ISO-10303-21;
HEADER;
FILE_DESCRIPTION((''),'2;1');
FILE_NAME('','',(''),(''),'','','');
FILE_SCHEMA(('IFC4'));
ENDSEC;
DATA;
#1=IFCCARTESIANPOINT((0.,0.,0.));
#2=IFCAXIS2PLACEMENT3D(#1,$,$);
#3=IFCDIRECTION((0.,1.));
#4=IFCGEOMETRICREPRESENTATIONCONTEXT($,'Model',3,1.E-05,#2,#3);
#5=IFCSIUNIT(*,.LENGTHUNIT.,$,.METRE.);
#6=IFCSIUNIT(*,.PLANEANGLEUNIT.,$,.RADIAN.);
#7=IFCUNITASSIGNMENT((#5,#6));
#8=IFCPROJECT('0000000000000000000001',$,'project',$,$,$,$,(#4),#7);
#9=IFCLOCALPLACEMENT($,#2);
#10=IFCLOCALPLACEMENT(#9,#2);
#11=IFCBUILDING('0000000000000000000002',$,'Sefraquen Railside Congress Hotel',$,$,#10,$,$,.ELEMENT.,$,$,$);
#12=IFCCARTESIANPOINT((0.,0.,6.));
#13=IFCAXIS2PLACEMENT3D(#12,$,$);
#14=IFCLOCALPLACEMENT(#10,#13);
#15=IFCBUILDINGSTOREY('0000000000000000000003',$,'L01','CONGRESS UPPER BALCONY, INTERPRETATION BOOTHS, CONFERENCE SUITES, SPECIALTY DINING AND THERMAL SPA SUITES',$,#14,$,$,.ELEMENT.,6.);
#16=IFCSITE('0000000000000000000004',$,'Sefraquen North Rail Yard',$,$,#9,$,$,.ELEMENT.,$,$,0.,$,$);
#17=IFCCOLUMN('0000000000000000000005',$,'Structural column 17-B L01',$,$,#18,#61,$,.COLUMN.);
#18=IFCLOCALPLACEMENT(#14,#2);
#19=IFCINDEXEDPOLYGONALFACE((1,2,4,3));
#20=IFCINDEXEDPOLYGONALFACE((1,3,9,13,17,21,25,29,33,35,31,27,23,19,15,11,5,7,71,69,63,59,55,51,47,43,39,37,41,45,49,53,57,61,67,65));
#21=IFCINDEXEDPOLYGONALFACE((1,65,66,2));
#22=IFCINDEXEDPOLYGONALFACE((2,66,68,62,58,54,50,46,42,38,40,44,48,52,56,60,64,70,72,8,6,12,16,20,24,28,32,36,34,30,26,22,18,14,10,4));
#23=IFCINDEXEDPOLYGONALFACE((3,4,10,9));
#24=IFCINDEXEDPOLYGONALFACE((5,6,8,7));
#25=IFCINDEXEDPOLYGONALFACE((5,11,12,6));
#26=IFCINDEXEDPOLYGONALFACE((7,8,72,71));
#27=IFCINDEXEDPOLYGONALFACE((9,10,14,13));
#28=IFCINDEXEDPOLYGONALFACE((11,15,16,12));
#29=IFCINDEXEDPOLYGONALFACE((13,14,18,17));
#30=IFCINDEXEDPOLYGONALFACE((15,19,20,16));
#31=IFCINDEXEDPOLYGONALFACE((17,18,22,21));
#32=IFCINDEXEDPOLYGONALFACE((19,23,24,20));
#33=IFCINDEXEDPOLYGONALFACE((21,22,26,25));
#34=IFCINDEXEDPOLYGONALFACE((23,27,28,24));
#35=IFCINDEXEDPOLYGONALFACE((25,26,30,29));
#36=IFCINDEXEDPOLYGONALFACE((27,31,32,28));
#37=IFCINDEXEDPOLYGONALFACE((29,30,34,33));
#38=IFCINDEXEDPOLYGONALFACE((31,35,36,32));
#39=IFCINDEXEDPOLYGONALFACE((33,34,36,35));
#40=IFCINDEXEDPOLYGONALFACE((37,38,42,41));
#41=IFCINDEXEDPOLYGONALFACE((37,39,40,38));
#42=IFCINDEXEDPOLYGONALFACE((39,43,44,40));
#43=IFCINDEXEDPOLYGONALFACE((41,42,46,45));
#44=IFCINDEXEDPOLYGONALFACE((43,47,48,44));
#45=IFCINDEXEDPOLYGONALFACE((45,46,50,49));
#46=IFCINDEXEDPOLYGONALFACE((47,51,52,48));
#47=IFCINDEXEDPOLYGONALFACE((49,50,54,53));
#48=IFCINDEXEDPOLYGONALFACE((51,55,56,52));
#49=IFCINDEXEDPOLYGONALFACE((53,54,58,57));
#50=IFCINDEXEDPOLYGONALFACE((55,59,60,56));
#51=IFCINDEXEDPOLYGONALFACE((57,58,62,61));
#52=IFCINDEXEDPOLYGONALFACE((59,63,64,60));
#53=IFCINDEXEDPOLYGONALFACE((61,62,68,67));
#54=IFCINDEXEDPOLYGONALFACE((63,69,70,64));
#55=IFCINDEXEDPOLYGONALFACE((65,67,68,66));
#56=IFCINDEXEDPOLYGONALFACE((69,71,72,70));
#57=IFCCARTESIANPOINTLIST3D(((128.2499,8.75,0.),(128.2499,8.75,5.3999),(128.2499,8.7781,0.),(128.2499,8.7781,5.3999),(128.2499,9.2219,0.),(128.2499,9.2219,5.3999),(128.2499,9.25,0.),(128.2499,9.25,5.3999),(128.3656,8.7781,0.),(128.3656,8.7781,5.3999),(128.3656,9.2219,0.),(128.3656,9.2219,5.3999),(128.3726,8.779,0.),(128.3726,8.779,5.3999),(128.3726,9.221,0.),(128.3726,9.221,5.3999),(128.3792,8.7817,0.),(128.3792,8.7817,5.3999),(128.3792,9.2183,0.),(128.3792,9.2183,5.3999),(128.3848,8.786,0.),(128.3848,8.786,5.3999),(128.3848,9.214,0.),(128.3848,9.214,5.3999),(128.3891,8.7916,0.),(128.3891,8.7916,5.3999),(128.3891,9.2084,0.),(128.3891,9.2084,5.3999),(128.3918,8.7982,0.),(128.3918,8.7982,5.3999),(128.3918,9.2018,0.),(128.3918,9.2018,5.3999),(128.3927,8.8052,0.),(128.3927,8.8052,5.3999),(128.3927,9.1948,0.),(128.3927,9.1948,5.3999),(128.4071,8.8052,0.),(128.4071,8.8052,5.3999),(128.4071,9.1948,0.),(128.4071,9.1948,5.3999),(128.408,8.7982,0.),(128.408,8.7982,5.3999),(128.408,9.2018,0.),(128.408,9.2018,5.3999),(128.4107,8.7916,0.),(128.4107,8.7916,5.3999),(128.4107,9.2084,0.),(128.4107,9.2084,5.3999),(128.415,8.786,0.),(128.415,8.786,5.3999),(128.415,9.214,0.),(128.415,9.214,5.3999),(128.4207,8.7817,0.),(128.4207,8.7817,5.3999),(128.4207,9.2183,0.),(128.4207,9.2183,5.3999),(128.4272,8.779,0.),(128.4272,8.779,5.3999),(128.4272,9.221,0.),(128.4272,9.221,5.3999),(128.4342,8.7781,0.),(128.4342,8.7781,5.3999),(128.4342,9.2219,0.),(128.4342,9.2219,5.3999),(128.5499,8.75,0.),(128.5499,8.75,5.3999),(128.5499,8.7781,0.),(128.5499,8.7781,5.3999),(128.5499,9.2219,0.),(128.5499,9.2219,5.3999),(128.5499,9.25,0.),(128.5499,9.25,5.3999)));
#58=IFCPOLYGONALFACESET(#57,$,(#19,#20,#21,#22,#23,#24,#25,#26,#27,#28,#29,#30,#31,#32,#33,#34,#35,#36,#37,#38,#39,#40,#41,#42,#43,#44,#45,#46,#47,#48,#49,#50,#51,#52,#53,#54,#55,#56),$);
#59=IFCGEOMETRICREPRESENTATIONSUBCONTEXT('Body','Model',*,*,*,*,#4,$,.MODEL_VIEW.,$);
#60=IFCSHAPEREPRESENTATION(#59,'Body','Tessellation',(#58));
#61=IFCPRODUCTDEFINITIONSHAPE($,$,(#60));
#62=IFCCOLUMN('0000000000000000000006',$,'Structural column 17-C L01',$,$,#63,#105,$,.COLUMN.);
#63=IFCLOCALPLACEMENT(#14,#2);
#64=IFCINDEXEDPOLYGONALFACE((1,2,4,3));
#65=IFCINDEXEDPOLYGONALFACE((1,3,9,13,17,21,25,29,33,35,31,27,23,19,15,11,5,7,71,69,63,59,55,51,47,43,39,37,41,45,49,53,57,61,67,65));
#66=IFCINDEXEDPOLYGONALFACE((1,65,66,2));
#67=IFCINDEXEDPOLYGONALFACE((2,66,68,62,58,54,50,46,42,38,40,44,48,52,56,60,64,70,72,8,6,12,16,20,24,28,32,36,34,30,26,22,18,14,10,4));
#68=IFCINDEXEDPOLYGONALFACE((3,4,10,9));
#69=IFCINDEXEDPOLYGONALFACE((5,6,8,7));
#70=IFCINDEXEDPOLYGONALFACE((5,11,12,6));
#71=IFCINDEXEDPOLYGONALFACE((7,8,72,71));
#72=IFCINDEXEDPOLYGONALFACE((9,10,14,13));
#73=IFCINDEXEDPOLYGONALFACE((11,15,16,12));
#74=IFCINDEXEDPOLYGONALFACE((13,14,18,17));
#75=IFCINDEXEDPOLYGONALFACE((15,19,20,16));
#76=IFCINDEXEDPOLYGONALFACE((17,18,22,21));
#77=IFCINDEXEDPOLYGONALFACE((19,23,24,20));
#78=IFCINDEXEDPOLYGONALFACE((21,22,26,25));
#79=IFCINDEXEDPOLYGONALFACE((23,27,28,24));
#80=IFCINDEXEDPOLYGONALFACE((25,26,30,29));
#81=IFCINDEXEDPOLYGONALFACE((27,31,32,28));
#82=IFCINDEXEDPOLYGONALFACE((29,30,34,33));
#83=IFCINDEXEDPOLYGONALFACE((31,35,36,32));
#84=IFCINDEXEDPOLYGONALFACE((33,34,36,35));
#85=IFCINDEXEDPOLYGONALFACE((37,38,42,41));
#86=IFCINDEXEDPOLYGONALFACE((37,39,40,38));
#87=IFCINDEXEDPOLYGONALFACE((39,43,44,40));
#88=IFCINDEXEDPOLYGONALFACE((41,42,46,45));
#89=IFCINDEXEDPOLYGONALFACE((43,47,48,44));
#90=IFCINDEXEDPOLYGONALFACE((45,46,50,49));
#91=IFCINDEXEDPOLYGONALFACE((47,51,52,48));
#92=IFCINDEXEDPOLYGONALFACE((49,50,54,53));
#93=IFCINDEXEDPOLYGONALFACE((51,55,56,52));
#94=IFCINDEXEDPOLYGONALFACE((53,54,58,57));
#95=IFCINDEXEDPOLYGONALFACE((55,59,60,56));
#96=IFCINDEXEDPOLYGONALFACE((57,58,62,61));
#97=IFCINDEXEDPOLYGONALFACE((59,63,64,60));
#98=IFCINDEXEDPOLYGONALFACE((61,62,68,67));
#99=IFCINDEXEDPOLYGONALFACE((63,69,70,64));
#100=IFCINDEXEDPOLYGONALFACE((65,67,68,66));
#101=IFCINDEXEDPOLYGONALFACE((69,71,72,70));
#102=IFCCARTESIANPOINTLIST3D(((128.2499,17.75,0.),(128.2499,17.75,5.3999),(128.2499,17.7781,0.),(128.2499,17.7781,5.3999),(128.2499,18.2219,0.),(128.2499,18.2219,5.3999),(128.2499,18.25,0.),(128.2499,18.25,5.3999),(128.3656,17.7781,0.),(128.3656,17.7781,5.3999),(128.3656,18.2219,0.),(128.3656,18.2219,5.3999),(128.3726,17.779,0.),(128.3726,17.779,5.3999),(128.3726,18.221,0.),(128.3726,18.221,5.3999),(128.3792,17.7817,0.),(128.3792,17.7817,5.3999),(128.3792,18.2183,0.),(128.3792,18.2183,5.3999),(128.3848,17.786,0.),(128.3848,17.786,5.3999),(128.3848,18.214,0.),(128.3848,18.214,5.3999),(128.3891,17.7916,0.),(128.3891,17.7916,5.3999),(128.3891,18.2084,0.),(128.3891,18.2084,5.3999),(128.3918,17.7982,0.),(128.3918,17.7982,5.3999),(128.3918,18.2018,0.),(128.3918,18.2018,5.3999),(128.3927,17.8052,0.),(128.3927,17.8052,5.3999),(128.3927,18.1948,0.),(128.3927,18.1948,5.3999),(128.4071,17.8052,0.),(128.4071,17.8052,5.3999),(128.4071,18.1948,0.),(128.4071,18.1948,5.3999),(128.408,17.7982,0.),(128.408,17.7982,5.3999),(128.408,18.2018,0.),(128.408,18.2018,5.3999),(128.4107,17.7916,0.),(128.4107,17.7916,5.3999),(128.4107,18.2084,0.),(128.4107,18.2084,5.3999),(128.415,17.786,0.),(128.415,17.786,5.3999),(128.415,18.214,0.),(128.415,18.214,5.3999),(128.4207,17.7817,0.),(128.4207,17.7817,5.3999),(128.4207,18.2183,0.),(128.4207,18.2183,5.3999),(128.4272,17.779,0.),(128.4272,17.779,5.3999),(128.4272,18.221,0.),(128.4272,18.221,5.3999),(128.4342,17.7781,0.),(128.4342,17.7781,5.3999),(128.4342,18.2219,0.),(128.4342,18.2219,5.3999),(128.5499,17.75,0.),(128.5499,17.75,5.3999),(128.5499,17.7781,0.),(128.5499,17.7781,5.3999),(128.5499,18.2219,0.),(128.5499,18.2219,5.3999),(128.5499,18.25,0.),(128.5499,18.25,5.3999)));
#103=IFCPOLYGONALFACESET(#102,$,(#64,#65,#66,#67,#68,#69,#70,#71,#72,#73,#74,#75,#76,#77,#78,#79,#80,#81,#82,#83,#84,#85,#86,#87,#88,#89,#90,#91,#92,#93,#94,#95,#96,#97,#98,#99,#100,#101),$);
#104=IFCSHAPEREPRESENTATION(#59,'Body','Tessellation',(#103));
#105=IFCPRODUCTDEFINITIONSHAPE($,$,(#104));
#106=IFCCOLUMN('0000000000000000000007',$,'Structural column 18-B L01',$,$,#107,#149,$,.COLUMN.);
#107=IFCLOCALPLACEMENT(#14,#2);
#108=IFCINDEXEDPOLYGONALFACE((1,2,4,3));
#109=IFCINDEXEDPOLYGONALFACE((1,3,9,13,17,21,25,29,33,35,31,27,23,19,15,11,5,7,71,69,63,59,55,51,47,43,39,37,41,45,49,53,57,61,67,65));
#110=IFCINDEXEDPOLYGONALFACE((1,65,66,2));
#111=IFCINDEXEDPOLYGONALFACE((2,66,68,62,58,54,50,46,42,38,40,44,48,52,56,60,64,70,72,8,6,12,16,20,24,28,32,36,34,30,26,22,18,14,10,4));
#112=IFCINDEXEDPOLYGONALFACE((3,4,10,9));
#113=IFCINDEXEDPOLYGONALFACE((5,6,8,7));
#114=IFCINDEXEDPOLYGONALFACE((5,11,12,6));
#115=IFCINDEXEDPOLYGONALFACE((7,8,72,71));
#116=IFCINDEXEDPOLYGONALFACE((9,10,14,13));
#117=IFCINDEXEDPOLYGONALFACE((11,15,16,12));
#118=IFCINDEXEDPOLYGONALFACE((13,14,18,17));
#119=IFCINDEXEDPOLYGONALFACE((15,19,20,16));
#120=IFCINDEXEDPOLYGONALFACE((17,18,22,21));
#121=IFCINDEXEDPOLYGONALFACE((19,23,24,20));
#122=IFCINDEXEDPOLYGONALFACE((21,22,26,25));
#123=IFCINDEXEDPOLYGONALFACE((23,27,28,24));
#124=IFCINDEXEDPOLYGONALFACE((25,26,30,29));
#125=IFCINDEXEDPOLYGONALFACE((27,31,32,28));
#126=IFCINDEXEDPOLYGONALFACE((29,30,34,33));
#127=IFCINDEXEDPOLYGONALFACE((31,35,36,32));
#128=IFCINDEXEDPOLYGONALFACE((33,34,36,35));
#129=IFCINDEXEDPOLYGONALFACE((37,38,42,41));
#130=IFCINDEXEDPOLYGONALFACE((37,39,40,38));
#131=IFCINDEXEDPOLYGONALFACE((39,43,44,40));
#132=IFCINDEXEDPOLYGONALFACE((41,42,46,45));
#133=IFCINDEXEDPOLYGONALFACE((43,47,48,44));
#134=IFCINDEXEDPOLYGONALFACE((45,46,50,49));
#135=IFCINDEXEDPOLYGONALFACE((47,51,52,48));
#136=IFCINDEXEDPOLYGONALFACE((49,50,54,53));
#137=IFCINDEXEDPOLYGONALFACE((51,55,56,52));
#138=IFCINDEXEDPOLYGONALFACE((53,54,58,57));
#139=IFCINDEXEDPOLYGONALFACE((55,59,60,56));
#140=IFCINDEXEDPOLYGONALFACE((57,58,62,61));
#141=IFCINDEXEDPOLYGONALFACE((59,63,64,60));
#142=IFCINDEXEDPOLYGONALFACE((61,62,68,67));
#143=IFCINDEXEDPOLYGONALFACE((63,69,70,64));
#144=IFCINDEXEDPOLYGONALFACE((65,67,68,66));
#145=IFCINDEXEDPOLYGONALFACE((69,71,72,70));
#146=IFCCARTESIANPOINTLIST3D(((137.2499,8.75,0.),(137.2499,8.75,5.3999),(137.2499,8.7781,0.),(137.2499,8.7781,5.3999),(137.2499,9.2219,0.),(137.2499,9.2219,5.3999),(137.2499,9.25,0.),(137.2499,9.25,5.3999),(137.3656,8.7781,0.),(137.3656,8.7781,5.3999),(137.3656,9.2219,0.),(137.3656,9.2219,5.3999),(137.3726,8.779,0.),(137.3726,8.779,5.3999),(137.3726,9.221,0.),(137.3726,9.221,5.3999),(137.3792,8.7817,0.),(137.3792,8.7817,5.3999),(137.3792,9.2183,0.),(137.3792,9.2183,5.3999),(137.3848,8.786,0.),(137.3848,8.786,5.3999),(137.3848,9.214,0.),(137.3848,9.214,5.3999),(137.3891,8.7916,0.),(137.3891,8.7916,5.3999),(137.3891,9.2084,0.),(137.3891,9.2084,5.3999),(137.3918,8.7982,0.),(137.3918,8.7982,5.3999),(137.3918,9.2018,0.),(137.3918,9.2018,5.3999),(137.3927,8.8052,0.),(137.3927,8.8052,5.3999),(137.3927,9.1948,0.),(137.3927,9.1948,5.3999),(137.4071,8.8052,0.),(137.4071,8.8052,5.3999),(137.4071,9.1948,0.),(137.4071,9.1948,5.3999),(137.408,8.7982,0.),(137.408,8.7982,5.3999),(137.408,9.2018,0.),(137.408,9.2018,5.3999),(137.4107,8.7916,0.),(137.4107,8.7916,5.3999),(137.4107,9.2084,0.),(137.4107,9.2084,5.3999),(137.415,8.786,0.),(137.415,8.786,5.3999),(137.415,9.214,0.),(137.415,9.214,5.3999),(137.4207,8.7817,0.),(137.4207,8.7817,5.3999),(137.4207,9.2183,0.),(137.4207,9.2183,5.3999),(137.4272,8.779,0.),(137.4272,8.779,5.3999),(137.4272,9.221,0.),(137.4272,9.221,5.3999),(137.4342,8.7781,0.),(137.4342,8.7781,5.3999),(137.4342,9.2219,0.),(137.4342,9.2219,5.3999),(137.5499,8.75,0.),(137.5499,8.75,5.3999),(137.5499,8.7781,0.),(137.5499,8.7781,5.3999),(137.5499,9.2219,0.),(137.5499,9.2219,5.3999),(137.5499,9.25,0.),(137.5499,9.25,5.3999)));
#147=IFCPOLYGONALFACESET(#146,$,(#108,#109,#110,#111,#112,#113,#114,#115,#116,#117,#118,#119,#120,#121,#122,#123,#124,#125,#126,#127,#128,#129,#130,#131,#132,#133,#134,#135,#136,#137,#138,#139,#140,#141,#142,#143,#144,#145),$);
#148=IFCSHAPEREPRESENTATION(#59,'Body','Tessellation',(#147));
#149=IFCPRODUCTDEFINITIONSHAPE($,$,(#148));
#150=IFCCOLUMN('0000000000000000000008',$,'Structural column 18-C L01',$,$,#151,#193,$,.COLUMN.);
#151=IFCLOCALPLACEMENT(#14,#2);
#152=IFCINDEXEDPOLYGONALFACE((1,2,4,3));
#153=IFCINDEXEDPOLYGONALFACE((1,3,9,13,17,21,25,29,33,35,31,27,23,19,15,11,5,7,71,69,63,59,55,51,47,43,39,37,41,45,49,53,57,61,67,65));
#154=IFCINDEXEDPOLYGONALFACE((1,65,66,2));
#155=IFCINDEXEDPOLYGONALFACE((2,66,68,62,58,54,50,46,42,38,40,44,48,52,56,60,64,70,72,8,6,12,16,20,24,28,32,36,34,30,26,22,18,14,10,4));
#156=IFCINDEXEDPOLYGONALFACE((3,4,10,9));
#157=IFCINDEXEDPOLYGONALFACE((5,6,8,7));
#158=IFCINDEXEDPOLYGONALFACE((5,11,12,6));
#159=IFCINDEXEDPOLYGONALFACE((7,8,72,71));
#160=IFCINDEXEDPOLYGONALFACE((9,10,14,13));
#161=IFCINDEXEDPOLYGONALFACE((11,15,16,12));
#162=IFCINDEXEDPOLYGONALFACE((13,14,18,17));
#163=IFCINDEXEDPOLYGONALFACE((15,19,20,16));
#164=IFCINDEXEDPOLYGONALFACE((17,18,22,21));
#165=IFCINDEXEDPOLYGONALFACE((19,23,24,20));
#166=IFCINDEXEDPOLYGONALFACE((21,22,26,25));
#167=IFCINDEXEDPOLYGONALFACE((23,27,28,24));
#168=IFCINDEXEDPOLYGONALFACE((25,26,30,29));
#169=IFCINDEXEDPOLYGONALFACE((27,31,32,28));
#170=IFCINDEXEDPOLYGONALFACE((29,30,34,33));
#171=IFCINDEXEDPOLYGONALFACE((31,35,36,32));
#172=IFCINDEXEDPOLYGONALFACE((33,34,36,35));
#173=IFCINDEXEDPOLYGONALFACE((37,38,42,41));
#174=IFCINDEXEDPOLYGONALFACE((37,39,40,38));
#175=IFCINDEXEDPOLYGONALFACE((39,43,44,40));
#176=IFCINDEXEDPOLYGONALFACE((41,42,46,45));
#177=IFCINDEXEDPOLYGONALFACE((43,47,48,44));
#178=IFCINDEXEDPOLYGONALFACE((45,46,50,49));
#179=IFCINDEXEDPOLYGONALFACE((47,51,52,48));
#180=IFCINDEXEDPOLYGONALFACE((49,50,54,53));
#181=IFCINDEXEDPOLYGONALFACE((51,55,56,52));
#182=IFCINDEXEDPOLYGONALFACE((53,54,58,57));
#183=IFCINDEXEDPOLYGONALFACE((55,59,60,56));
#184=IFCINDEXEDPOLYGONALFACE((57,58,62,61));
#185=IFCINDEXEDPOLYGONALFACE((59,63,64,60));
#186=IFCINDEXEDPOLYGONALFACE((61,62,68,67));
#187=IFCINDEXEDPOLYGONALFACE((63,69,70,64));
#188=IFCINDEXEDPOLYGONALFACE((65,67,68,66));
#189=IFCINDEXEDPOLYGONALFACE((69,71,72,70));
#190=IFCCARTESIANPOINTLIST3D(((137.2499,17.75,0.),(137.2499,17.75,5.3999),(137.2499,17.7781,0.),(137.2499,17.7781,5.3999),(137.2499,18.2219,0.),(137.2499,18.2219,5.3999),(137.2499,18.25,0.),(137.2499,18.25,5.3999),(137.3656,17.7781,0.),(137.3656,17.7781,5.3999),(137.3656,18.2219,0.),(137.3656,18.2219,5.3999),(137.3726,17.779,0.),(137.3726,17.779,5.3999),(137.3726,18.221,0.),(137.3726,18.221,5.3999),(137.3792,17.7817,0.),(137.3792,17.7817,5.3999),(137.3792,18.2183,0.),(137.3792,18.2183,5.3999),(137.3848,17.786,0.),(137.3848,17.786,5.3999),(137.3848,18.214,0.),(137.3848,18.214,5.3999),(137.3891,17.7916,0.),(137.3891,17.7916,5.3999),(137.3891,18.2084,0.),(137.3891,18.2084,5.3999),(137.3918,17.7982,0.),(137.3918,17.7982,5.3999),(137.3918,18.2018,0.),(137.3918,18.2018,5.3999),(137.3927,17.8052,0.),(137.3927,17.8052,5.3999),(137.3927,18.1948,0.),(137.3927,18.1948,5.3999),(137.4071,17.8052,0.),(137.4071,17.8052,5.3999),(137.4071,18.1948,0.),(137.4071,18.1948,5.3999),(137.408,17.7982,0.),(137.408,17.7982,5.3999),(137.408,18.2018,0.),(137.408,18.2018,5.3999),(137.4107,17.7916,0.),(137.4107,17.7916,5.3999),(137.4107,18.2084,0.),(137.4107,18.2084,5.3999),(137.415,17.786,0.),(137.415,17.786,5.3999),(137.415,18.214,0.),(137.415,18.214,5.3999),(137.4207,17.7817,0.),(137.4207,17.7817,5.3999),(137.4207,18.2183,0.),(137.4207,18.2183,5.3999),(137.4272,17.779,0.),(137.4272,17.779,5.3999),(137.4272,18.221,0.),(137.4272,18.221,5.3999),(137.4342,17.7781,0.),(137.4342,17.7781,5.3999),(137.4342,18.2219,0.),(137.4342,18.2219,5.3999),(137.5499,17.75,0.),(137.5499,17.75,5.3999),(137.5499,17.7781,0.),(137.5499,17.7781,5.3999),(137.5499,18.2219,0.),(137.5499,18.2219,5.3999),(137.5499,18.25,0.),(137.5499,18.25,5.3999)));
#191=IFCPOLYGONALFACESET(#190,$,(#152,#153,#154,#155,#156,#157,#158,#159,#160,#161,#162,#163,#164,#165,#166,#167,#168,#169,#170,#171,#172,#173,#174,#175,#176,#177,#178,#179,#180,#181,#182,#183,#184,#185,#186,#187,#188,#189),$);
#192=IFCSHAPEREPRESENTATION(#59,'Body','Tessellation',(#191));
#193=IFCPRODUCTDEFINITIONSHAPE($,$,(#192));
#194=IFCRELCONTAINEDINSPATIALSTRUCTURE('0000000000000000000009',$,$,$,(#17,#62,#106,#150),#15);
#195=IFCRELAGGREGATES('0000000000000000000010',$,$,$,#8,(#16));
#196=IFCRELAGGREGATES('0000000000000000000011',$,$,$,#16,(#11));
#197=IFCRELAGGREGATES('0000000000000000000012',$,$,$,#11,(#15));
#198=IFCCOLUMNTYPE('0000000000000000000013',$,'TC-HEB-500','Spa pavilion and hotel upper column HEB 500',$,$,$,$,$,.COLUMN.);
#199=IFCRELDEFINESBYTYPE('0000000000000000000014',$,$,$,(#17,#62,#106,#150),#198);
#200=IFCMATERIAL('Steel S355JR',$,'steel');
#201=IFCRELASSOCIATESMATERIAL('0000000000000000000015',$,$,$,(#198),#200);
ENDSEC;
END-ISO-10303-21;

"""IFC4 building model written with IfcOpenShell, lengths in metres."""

from ifc_helpers import new_model, si_unit, direction, frame, origin, origin_2d, place, context, subcontext, project, spatial, i_section, extrude, material, material_profile, profile_set, type_object, element, save


model = new_model("IFC4")

# Units and contexts
model_context = context("Model", 3, precision=1e-05, world=origin(), true_north=direction((0.0, 1.0)))
body_context = subcontext(model_context, "Body", "Model", "MODEL_VIEW")
ifc_project = project(units=[si_unit("LENGTHUNIT", "METRE"), si_unit("PLANEANGLEUNIT", "RADIAN")], contexts=[model_context])

# Site, building, storey
site_placement = place(None, origin())
site = spatial("IfcSite", under=ifc_project, at=site_placement, Name="Sefraquen North Rail Yard", CompositionType="ELEMENT", RefElevation=0.0)
building_placement = place(site_placement, origin())
building = spatial("IfcBuilding", under=site, at=building_placement, Name="Sefraquen Railside Congress Hotel", CompositionType="ELEMENT")
storey_placement = place(building_placement, frame((0.0, 0.0, 6.0)))
storey = spatial("IfcBuildingStorey", under=building, at=storey_placement, Name="L01", Description="CONGRESS UPPER BALCONY, INTERPRETATION BOOTHS, CONFERENCE SUITES, SPECIALTY DINING AND THERMAL SPA SUITES", CompositionType="ELEMENT", Elevation=6.0)

# Columns
ifc_material_1 = material(Name="Steel S355JR", Category="steel")
ifc_material_profile_1 = material_profile(ifc_material_1, i_section(OverallWidth=0.3, OverallDepth=0.5, WebThickness=0.0144, FlangeThickness=0.0281, FilletRadius=0.0271, at=origin_2d()), Name="HEB 500")
ifc_profile_set_1 = profile_set([ifc_material_profile_1], Name="Steel S355JR")
column_type = type_object("IfcColumnType", Name="TC-HEB-500", Description="Spa pavilion and hotel upper column HEB 500", PredefinedType="COLUMN", material=ifc_profile_set_1)
for number, where, z_axis, x_axis, name in (
    (1, (128.3999, 9.0, 0.0), (0.0, 0.0, 1.0), (1.0, 0.0, 0.0), "Structural column 17-B L01"),
    (2, (128.3999, 18.0, 0.0), (0.0, 0.0, 1.0), (1.0, 0.0, 0.0), "Structural column 17-C L01"),
    (3, (137.3999, 9.0, 0.0), (0.0, 0.0, 1.0), (1.0, 0.0, 0.0), "Structural column 18-B L01"),
    (4, (137.3999, 18.0, 0.0), (0.0, 0.0, 1.0), (1.0, 0.0, 0.0), "Structural column 18-C L01"),
):
    element("IfcColumn", number, at=place(storey_placement, frame(where, z_axis=z_axis, x_axis=x_axis)), inside=storey, type_object=column_type, Name=name, PredefinedType="COLUMN", context=body_context, shape_type="SweptSolid", body=[
        extrude(i_section(OverallWidth=0.3, OverallDepth=0.5, WebThickness=0.0144, FlangeThickness=0.0281, FilletRadius=0.0271, at=origin_2d()), origin(), (0.0, 0.0, 1.0), 5.3999),
    ])

save(model, "model.ifc")
